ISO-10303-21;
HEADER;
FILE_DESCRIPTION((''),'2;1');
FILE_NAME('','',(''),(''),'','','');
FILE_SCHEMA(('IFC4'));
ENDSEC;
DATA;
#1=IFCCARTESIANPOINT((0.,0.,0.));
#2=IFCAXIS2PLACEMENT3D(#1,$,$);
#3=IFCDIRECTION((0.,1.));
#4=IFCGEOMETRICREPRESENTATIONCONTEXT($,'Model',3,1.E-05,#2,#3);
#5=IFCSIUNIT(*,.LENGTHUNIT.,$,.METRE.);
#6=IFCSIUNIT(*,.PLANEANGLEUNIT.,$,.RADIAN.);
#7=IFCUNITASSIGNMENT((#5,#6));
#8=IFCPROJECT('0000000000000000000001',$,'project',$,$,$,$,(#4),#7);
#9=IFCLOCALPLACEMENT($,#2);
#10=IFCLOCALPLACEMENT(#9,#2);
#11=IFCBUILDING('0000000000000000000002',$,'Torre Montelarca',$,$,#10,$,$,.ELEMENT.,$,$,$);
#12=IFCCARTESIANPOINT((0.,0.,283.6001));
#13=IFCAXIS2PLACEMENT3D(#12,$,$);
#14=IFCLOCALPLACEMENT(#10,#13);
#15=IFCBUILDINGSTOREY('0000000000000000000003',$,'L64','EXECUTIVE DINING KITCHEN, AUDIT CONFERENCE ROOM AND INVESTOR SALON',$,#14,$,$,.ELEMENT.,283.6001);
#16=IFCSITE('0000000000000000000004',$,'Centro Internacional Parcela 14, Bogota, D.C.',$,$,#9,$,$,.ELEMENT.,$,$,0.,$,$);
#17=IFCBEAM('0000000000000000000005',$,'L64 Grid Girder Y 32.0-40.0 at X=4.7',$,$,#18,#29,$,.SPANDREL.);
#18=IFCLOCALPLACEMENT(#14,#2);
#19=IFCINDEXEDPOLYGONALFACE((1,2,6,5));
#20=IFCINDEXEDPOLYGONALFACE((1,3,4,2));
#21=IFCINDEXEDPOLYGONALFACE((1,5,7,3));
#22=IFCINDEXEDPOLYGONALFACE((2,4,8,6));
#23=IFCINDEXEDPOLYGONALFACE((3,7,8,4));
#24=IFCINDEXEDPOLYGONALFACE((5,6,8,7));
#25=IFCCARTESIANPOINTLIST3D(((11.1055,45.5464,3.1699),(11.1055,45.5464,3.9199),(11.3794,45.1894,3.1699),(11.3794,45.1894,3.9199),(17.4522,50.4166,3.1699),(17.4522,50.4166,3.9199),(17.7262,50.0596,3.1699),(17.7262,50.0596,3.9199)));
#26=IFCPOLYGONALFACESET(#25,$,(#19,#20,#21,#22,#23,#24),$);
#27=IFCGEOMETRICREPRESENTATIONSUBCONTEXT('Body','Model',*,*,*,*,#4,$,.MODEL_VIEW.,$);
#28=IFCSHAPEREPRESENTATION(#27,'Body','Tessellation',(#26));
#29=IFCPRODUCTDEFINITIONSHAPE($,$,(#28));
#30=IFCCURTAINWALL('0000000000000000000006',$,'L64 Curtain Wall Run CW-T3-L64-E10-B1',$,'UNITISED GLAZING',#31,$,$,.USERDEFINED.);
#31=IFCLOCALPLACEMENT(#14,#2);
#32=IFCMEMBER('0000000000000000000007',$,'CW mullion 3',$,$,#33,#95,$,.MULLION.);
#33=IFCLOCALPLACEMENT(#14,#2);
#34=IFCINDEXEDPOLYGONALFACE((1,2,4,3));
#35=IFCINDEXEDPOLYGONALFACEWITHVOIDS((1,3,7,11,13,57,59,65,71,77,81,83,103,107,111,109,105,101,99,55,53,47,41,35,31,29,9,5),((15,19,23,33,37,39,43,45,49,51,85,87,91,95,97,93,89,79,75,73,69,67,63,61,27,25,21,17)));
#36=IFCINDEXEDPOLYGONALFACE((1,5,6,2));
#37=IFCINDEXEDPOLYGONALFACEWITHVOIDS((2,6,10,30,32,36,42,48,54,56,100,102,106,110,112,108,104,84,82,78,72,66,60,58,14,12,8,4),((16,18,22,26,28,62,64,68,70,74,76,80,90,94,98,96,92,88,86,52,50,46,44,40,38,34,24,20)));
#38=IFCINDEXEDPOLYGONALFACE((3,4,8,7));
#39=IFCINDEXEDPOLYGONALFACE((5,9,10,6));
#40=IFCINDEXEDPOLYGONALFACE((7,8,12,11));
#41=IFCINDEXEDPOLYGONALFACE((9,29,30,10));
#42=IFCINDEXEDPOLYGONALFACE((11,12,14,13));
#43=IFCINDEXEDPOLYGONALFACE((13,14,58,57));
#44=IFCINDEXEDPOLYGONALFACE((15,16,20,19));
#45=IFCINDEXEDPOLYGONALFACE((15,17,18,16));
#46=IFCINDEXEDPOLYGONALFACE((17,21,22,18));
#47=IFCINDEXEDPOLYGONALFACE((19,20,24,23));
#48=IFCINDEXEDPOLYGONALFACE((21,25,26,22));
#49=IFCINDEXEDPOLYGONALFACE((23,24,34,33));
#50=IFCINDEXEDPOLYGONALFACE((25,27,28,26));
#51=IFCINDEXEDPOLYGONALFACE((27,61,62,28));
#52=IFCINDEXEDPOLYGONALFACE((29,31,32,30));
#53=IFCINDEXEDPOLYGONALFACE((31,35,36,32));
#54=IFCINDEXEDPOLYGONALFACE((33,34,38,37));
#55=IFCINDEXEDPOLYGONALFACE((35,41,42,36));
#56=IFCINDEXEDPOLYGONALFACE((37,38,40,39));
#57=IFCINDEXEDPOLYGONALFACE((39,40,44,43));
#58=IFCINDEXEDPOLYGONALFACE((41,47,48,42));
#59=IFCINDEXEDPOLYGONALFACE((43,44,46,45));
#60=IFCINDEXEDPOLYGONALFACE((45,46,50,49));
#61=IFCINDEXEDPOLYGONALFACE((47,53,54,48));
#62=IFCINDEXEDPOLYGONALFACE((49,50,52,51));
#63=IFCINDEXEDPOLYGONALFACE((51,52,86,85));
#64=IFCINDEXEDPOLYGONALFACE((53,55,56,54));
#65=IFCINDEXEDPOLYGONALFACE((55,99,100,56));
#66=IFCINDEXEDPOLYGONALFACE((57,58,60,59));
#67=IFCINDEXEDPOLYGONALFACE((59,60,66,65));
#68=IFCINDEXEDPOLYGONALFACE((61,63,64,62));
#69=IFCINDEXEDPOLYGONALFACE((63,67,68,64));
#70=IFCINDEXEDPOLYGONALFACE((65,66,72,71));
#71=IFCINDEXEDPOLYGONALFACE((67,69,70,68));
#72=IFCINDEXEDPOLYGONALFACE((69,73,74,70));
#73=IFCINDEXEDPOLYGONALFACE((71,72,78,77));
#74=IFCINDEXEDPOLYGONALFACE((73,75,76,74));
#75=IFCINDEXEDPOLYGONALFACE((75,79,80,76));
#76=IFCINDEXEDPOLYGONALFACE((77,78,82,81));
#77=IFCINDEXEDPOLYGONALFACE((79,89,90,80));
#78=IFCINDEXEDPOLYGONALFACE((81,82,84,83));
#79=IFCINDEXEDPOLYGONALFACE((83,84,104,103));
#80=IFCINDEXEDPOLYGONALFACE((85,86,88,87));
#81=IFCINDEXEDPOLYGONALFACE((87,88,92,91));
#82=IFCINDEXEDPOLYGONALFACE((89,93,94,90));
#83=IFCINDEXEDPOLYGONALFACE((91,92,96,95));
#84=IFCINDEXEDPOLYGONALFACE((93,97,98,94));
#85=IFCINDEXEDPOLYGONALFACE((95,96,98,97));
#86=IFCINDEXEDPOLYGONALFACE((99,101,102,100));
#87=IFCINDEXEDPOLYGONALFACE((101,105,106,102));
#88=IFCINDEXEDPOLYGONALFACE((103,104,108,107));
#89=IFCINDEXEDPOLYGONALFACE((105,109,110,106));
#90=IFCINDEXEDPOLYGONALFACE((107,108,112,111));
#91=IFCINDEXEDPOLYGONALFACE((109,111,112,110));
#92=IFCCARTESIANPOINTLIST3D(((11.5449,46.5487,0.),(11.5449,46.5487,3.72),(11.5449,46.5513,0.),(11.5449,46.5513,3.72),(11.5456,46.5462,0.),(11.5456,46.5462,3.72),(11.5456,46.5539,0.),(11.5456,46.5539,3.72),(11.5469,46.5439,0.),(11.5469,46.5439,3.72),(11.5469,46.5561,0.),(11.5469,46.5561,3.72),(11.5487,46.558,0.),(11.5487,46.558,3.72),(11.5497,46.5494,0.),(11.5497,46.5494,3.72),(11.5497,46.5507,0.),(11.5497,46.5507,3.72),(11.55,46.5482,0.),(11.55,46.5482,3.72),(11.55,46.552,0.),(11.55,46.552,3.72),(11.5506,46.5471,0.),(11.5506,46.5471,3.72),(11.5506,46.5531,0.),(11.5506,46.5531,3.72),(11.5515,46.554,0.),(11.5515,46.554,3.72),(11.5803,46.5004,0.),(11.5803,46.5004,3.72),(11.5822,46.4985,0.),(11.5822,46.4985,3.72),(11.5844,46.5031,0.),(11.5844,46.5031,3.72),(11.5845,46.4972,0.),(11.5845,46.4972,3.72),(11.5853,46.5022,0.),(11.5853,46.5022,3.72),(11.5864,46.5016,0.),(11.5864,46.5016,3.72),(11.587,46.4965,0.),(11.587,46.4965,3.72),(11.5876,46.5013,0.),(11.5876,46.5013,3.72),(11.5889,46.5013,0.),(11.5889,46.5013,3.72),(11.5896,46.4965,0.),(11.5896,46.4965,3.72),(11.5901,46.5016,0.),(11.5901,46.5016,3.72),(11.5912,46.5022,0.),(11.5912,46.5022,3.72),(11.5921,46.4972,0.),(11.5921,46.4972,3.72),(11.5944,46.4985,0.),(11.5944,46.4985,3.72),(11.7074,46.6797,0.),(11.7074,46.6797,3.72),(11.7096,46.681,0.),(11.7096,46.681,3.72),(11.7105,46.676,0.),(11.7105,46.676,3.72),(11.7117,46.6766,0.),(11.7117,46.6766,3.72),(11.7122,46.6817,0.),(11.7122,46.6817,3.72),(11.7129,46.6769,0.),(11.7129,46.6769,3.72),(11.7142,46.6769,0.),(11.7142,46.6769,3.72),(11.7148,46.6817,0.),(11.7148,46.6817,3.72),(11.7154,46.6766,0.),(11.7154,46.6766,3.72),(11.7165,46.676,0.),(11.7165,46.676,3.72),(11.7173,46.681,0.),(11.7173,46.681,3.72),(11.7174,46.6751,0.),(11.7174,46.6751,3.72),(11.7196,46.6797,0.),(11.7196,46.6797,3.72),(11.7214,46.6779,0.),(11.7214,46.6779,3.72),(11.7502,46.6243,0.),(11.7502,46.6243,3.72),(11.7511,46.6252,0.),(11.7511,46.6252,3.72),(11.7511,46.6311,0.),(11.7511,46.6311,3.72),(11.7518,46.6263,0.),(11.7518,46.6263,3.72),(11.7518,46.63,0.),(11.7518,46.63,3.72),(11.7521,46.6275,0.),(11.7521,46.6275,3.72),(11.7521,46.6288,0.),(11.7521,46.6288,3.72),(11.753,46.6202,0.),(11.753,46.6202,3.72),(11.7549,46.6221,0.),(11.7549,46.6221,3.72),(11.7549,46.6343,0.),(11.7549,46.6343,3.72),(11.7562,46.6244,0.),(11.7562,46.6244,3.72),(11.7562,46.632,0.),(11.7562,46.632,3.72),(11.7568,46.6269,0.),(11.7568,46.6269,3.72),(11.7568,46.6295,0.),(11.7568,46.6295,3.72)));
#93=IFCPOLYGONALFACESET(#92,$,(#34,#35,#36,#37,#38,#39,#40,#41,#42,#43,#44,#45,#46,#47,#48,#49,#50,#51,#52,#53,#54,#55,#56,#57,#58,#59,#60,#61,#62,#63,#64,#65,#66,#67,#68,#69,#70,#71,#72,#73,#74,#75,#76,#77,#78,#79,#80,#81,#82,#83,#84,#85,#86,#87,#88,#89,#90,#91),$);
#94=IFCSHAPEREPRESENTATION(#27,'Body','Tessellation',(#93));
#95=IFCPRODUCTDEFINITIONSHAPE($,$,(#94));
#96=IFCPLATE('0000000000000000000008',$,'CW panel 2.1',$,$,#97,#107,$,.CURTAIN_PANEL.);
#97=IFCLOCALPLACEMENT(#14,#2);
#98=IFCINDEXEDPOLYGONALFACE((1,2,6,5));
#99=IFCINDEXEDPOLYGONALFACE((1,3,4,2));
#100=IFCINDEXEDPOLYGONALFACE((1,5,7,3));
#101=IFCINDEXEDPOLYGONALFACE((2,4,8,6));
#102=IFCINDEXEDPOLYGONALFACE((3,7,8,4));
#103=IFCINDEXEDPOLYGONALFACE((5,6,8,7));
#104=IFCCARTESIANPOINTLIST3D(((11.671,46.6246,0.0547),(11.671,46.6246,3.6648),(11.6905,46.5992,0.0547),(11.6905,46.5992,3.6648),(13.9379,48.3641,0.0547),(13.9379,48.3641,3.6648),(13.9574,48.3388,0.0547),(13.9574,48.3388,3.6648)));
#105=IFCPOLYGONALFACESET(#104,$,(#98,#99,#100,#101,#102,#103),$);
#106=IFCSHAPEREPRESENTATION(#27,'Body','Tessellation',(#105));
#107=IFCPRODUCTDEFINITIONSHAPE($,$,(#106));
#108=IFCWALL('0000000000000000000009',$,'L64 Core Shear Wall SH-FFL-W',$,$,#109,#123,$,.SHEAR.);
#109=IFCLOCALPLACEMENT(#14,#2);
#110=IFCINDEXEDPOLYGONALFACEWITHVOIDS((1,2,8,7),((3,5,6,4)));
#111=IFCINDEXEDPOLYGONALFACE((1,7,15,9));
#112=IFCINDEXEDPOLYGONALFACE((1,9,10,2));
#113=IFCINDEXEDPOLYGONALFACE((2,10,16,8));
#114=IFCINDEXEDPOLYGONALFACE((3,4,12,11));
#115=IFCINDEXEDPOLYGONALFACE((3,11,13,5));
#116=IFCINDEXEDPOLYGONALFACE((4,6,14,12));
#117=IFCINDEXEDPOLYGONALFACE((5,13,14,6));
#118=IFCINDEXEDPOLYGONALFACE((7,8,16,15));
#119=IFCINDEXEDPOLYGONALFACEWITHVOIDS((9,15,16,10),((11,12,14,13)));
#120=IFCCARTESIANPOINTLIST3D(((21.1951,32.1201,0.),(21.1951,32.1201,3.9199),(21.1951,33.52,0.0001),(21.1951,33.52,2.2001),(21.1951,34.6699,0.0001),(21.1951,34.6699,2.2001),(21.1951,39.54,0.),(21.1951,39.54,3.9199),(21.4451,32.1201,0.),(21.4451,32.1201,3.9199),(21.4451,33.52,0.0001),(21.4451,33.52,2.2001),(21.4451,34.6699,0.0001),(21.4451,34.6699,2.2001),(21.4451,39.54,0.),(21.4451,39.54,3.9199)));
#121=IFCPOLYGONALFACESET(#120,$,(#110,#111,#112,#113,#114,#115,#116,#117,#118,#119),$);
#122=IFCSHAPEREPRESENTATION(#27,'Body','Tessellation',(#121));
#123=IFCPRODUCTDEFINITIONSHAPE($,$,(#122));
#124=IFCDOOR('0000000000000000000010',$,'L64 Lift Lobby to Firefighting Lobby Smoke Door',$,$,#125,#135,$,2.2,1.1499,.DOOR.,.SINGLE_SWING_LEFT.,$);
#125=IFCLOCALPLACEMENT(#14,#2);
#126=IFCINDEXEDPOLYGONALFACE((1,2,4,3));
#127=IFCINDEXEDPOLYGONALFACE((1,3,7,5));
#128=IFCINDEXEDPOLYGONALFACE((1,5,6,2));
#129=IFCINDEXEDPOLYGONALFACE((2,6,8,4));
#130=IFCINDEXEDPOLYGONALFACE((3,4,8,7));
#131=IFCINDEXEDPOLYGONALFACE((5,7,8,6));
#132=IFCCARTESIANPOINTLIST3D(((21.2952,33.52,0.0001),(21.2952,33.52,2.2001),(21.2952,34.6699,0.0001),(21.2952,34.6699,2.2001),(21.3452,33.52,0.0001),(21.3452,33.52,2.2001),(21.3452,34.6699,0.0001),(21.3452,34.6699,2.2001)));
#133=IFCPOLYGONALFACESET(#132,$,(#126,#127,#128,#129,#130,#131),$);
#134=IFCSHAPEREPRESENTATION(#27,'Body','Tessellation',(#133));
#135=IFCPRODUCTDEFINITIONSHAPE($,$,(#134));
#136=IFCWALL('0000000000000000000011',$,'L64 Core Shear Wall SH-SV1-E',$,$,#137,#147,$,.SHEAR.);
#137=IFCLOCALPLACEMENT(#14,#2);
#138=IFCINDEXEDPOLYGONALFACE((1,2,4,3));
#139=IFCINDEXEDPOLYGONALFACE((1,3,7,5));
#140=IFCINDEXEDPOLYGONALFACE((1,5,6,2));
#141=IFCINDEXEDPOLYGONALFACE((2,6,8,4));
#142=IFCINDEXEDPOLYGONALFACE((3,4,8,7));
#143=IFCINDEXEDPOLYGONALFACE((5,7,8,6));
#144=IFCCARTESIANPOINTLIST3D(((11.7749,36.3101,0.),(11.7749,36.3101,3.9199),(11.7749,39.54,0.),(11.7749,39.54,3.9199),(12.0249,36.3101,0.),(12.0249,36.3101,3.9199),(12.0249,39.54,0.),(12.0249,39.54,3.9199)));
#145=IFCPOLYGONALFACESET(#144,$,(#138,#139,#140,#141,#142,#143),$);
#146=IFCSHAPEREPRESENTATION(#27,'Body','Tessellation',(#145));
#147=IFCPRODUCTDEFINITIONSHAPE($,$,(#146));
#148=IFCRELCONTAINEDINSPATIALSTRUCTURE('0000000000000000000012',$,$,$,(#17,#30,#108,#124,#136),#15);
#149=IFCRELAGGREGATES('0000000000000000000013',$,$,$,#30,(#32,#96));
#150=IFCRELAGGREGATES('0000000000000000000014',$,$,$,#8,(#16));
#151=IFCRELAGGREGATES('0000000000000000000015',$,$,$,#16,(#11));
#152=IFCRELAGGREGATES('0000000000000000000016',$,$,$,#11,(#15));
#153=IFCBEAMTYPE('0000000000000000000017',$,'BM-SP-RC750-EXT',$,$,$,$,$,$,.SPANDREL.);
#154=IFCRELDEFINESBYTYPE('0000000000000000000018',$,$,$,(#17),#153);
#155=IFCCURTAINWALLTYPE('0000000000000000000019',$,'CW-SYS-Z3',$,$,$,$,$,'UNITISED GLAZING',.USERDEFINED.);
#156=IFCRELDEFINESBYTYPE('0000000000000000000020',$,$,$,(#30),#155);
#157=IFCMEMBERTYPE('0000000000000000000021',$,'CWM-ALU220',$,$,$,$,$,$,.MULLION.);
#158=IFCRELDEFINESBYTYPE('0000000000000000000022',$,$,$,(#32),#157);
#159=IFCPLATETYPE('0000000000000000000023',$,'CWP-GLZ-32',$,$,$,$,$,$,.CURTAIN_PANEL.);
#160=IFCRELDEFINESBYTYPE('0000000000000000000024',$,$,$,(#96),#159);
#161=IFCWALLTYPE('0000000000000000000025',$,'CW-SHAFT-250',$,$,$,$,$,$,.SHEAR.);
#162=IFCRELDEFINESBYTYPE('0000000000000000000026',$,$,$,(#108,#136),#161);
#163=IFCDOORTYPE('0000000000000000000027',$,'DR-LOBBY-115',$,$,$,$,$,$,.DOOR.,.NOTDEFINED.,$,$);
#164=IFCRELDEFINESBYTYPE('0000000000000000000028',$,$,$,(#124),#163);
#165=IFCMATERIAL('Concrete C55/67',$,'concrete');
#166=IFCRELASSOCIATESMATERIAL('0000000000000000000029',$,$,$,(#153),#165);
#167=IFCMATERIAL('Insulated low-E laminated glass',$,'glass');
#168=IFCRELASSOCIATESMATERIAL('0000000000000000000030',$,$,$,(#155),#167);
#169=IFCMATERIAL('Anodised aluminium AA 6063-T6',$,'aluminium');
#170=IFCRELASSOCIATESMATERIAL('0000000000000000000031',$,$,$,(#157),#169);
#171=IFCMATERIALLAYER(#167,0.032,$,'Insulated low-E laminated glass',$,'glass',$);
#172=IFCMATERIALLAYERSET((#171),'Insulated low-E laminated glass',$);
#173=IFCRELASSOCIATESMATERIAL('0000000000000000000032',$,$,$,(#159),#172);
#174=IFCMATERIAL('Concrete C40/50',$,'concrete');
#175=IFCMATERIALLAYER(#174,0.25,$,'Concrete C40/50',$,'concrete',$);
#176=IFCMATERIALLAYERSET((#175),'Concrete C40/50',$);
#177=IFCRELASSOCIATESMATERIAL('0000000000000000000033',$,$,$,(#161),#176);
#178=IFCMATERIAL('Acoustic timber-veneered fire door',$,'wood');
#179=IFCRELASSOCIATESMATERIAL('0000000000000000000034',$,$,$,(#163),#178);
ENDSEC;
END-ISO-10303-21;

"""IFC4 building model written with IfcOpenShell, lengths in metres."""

from ifc_helpers import new_model, si_unit, direction, frame, frame_2d, origin, origin_2d, place, context, subcontext, project, spatial, rectangle, hollow_rectangle, extrude, source, transform, mapped, material, layer, layer_set, material_profile, profile_set, type_object, element, fill, aggregate, save


model = new_model("IFC4")

# Units and contexts
model_context = context("Model", 3, precision=1e-05, world=origin(), true_north=direction((0.0, 1.0)))
body_context = subcontext(model_context, "Body", "Model", "MODEL_VIEW")
ifc_project = project(units=[si_unit("LENGTHUNIT", "METRE"), si_unit("PLANEANGLEUNIT", "RADIAN")], contexts=[model_context])

# Site, building, storey
site_placement = place(None, origin())
site = spatial("IfcSite", under=ifc_project, at=site_placement, Name="Centro Internacional Parcela 14, Bogota, D.C.", CompositionType="ELEMENT", RefElevation=0.0)
building_placement = place(site_placement, origin())
building = spatial("IfcBuilding", under=site, at=building_placement, Name="Torre Montelarca", CompositionType="ELEMENT")
storey_placement = place(building_placement, frame((0.0, 0.0, 283.6001)))
storey = spatial("IfcBuildingStorey", under=building, at=storey_placement, Name="L64", Description="EXECUTIVE DINING KITCHEN, AUDIT CONFERENCE ROOM AND INVESTOR SALON", CompositionType="ELEMENT", Elevation=283.6001)

# Beam
ifc_material_1 = material(Name="Concrete C55/67", Category="concrete")
ifc_material_profile_1 = material_profile(ifc_material_1, rectangle(XDim=0.45, YDim=0.75, at=origin_2d()), Name="RCB450X750", Category="concrete")
ifc_profile_set_1 = profile_set([ifc_material_profile_1], Name="Concrete C55/67")
beam_type = type_object("IfcBeamType", Name="BM-SP-RC750-EXT", PredefinedType="SPANDREL", material=ifc_profile_set_1)
shared_shape_1 = source(origin(), body_context, "Body", "SweptSolid", [
    extrude(rectangle(XDim=0.45, YDim=0.75, at=origin_2d()), origin(), (0.0, 0.0, 1.0), 8.0),
])
beam_placement = place(storey_placement, frame((11.2424, 45.3679, 3.5449), z_axis=(0.793345, 0.608772, 0.0), x_axis=(-0.608772, 0.793345, 0.0)))
element("IfcBeam", 1, at=beam_placement, inside=storey, type_object=beam_type, Name="L64 Grid Girder Y 32.0-40.0 at X=4.7", PredefinedType="SPANDREL", context=body_context, shape_type="MappedRepresentation", body=[
    mapped(shared_shape_1, transform((0.0, 0.0, 0.0), scale=1.0)),
])

# Curtain wall, member, plate
ifc_material_2 = material(Name="Insulated low-E laminated glass", Category="glass")
curtain_wall_type = type_object("IfcCurtainWallType", Name="CW-SYS-Z3", ElementType="UNITISED GLAZING", PredefinedType="USERDEFINED", material=ifc_material_2)
curtain_wall_placement = place(storey_placement, origin())
curtain_wall = element("IfcCurtainWall", 2, at=curtain_wall_placement, inside=storey, type_object=curtain_wall_type, Name="L64 Curtain Wall Run CW-T3-L64-E10-B1", ObjectType="UNITISED GLAZING", PredefinedType="USERDEFINED")
ifc_material_3 = material(Name="Anodised aluminium AA 6063-T6", Category="aluminium")
ifc_material_profile_2 = material_profile(ifc_material_3, hollow_rectangle(XDim=0.075, YDim=0.22, WallThickness=0.0049, InnerFilletRadius=0.0049, OuterFilletRadius=0.01, at=origin_2d()), Name="ALU75X220X5", Category="aluminium")
ifc_profile_set_2 = profile_set([ifc_material_profile_2], Name="Anodised aluminium AA 6063-T6")
member_type = type_object("IfcMemberType", Name="CWM-ALU220", PredefinedType="MULLION", material=ifc_profile_set_2)
shared_shape_2 = source(origin(), body_context, "Body", "SweptSolid", [
    extrude(hollow_rectangle(XDim=0.075, YDim=0.22, WallThickness=0.0049, InnerFilletRadius=0.0049, OuterFilletRadius=0.01, at=origin_2d()), origin(), (0.0, 0.0, 1.0), 3.72),
])
member_placement = place(storey_placement, frame((11.6509, 46.5891, 0.0), z_axis=(0.0, 0.0, 1.0), x_axis=(0.608769, -0.793348, 0.0)))
member = element("IfcMember", 3, at=member_placement, type_object=member_type, Name="CW mullion 3", PredefinedType="MULLION", context=body_context, shape_type="MappedRepresentation", body=[
    mapped(shared_shape_2, transform((0.0, 0.0, 0.0), scale=1.0)),
])
ifc_layer_1 = layer(ifc_material_2, 0.032, Name="Insulated low-E laminated glass", Category="glass")
ifc_layer_set_1 = layer_set([ifc_layer_1], Name="Insulated low-E laminated glass")
plate_type = type_object("IfcPlateType", Name="CWP-GLZ-32", PredefinedType="CURTAIN_PANEL", material=ifc_layer_set_1)
shared_shape_3 = source(origin(), body_context, "Body", "SweptSolid", [
    extrude(rectangle(XDim=2.8574, YDim=0.032, at=origin_2d()), origin(), (0.0, 0.0, 1.0), 3.6101),
])
plate_placement = place(storey_placement, frame((12.8142, 47.4817, 0.0547), z_axis=(0.0, 0.0, 1.0), x_axis=(-0.793348, -0.608769, 0.0)))
plate = element("IfcPlate", 4, at=plate_placement, type_object=plate_type, Name="CW panel 2.1", PredefinedType="CURTAIN_PANEL", context=body_context, shape_type="MappedRepresentation", body=[
    mapped(shared_shape_3, transform((0.0, 0.0, 0.0), scale=1.0)),
])
aggregate(curtain_wall, [member, plate])

# Wall, opening, door
ifc_material_4 = material(Name="Concrete C40/50", Category="concrete")
ifc_layer_2 = layer(ifc_material_4, 0.25, Name="Concrete C40/50", Category="concrete")
ifc_layer_set_2 = layer_set([ifc_layer_2], Name="Concrete C40/50")
wall_type_1 = type_object("IfcWallType", Name="CW-SHAFT-250", PredefinedType="SHEAR", material=ifc_layer_set_2)
wall_1_placement = place(storey_placement, frame((21.3201, 32.1201, 0.0), z_axis=(0.0, 0.0, 1.0), x_axis=(0.0, 1.0, 0.0)))
wall_1 = element("IfcWall", 5, at=wall_1_placement, inside=storey, type_object=wall_type_1, Name="L64 Core Shear Wall SH-FFL-W", PredefinedType="SHEAR", context=body_context, shape_type="SweptSolid", body=[
    extrude(rectangle(XDim=7.4199, YDim=0.25, at=frame_2d((3.71, 0.0))), origin(), (0.0, 0.0, 1.0), 3.9199),
])
opening_1_placement = place(wall_1_placement, frame((1.3999, 0.0, 0.0)))
opening_1 = element("IfcOpeningElement", 6, at=opening_1_placement, cuts=wall_1, PredefinedType="OPENING", context=body_context, shape_type="SweptSolid", body=[
    extrude(rectangle(XDim=1.1499, YDim=2.2, at=frame_2d((0.575, 1.1001))), frame((0.0, 0.135, 0.0), z_axis=(0.0, -1.0, 0.0), x_axis=(1.0, 0.0, 0.0)), (0.0, 0.0, 1.0), 0.27),
])
ifc_material_5 = material(Name="Acoustic timber-veneered fire door", Category="wood")
door_type_1 = type_object("IfcDoorType", Name="DR-LOBBY-115", OperationType="NOTDEFINED", PredefinedType="DOOR", material=ifc_material_5)
shared_shape_4 = source(origin(), body_context, "Body", "SweptSolid", [
    extrude(rectangle(XDim=1.1499, YDim=2.2, at=frame_2d((0.575, 1.1001))), frame((0.0, 0.0249, 0.0), z_axis=(0.0, -1.0, 0.0), x_axis=(1.0, 0.0, 0.0)), (0.0, 0.0, 1.0), 0.05),
])
door_1_placement = place(opening_1_placement, origin())
door_1 = element("IfcDoor", 7, at=door_1_placement, inside=storey, type_object=door_type_1, Name="L64 Lift Lobby to Firefighting Lobby Smoke Door", OperationType="SINGLE_SWING_LEFT", OverallHeight=2.2, OverallWidth=1.1499, PredefinedType="DOOR", context=body_context, shape_type="MappedRepresentation", body=[
    mapped(shared_shape_4, transform((0.0, 0.0, 0.0), scale=1.0)),
])
fill(opening_1, door_1)

# Wall
wall_2_placement = place(storey_placement, frame((11.8999, 36.3101, 0.0), z_axis=(0.0, 0.0, 1.0), x_axis=(0.0, 1.0, 0.0)))
element("IfcWall", 8, at=wall_2_placement, inside=storey, type_object=wall_type_1, Name="L64 Core Shear Wall SH-SV1-E", PredefinedType="SHEAR", context=body_context, shape_type="SweptSolid", body=[
    extrude(rectangle(XDim=3.23, YDim=0.25, at=frame_2d((1.615, 0.0))), origin(), (0.0, 0.0, 1.0), 3.9199),
])

save(model, "model.ifc")
